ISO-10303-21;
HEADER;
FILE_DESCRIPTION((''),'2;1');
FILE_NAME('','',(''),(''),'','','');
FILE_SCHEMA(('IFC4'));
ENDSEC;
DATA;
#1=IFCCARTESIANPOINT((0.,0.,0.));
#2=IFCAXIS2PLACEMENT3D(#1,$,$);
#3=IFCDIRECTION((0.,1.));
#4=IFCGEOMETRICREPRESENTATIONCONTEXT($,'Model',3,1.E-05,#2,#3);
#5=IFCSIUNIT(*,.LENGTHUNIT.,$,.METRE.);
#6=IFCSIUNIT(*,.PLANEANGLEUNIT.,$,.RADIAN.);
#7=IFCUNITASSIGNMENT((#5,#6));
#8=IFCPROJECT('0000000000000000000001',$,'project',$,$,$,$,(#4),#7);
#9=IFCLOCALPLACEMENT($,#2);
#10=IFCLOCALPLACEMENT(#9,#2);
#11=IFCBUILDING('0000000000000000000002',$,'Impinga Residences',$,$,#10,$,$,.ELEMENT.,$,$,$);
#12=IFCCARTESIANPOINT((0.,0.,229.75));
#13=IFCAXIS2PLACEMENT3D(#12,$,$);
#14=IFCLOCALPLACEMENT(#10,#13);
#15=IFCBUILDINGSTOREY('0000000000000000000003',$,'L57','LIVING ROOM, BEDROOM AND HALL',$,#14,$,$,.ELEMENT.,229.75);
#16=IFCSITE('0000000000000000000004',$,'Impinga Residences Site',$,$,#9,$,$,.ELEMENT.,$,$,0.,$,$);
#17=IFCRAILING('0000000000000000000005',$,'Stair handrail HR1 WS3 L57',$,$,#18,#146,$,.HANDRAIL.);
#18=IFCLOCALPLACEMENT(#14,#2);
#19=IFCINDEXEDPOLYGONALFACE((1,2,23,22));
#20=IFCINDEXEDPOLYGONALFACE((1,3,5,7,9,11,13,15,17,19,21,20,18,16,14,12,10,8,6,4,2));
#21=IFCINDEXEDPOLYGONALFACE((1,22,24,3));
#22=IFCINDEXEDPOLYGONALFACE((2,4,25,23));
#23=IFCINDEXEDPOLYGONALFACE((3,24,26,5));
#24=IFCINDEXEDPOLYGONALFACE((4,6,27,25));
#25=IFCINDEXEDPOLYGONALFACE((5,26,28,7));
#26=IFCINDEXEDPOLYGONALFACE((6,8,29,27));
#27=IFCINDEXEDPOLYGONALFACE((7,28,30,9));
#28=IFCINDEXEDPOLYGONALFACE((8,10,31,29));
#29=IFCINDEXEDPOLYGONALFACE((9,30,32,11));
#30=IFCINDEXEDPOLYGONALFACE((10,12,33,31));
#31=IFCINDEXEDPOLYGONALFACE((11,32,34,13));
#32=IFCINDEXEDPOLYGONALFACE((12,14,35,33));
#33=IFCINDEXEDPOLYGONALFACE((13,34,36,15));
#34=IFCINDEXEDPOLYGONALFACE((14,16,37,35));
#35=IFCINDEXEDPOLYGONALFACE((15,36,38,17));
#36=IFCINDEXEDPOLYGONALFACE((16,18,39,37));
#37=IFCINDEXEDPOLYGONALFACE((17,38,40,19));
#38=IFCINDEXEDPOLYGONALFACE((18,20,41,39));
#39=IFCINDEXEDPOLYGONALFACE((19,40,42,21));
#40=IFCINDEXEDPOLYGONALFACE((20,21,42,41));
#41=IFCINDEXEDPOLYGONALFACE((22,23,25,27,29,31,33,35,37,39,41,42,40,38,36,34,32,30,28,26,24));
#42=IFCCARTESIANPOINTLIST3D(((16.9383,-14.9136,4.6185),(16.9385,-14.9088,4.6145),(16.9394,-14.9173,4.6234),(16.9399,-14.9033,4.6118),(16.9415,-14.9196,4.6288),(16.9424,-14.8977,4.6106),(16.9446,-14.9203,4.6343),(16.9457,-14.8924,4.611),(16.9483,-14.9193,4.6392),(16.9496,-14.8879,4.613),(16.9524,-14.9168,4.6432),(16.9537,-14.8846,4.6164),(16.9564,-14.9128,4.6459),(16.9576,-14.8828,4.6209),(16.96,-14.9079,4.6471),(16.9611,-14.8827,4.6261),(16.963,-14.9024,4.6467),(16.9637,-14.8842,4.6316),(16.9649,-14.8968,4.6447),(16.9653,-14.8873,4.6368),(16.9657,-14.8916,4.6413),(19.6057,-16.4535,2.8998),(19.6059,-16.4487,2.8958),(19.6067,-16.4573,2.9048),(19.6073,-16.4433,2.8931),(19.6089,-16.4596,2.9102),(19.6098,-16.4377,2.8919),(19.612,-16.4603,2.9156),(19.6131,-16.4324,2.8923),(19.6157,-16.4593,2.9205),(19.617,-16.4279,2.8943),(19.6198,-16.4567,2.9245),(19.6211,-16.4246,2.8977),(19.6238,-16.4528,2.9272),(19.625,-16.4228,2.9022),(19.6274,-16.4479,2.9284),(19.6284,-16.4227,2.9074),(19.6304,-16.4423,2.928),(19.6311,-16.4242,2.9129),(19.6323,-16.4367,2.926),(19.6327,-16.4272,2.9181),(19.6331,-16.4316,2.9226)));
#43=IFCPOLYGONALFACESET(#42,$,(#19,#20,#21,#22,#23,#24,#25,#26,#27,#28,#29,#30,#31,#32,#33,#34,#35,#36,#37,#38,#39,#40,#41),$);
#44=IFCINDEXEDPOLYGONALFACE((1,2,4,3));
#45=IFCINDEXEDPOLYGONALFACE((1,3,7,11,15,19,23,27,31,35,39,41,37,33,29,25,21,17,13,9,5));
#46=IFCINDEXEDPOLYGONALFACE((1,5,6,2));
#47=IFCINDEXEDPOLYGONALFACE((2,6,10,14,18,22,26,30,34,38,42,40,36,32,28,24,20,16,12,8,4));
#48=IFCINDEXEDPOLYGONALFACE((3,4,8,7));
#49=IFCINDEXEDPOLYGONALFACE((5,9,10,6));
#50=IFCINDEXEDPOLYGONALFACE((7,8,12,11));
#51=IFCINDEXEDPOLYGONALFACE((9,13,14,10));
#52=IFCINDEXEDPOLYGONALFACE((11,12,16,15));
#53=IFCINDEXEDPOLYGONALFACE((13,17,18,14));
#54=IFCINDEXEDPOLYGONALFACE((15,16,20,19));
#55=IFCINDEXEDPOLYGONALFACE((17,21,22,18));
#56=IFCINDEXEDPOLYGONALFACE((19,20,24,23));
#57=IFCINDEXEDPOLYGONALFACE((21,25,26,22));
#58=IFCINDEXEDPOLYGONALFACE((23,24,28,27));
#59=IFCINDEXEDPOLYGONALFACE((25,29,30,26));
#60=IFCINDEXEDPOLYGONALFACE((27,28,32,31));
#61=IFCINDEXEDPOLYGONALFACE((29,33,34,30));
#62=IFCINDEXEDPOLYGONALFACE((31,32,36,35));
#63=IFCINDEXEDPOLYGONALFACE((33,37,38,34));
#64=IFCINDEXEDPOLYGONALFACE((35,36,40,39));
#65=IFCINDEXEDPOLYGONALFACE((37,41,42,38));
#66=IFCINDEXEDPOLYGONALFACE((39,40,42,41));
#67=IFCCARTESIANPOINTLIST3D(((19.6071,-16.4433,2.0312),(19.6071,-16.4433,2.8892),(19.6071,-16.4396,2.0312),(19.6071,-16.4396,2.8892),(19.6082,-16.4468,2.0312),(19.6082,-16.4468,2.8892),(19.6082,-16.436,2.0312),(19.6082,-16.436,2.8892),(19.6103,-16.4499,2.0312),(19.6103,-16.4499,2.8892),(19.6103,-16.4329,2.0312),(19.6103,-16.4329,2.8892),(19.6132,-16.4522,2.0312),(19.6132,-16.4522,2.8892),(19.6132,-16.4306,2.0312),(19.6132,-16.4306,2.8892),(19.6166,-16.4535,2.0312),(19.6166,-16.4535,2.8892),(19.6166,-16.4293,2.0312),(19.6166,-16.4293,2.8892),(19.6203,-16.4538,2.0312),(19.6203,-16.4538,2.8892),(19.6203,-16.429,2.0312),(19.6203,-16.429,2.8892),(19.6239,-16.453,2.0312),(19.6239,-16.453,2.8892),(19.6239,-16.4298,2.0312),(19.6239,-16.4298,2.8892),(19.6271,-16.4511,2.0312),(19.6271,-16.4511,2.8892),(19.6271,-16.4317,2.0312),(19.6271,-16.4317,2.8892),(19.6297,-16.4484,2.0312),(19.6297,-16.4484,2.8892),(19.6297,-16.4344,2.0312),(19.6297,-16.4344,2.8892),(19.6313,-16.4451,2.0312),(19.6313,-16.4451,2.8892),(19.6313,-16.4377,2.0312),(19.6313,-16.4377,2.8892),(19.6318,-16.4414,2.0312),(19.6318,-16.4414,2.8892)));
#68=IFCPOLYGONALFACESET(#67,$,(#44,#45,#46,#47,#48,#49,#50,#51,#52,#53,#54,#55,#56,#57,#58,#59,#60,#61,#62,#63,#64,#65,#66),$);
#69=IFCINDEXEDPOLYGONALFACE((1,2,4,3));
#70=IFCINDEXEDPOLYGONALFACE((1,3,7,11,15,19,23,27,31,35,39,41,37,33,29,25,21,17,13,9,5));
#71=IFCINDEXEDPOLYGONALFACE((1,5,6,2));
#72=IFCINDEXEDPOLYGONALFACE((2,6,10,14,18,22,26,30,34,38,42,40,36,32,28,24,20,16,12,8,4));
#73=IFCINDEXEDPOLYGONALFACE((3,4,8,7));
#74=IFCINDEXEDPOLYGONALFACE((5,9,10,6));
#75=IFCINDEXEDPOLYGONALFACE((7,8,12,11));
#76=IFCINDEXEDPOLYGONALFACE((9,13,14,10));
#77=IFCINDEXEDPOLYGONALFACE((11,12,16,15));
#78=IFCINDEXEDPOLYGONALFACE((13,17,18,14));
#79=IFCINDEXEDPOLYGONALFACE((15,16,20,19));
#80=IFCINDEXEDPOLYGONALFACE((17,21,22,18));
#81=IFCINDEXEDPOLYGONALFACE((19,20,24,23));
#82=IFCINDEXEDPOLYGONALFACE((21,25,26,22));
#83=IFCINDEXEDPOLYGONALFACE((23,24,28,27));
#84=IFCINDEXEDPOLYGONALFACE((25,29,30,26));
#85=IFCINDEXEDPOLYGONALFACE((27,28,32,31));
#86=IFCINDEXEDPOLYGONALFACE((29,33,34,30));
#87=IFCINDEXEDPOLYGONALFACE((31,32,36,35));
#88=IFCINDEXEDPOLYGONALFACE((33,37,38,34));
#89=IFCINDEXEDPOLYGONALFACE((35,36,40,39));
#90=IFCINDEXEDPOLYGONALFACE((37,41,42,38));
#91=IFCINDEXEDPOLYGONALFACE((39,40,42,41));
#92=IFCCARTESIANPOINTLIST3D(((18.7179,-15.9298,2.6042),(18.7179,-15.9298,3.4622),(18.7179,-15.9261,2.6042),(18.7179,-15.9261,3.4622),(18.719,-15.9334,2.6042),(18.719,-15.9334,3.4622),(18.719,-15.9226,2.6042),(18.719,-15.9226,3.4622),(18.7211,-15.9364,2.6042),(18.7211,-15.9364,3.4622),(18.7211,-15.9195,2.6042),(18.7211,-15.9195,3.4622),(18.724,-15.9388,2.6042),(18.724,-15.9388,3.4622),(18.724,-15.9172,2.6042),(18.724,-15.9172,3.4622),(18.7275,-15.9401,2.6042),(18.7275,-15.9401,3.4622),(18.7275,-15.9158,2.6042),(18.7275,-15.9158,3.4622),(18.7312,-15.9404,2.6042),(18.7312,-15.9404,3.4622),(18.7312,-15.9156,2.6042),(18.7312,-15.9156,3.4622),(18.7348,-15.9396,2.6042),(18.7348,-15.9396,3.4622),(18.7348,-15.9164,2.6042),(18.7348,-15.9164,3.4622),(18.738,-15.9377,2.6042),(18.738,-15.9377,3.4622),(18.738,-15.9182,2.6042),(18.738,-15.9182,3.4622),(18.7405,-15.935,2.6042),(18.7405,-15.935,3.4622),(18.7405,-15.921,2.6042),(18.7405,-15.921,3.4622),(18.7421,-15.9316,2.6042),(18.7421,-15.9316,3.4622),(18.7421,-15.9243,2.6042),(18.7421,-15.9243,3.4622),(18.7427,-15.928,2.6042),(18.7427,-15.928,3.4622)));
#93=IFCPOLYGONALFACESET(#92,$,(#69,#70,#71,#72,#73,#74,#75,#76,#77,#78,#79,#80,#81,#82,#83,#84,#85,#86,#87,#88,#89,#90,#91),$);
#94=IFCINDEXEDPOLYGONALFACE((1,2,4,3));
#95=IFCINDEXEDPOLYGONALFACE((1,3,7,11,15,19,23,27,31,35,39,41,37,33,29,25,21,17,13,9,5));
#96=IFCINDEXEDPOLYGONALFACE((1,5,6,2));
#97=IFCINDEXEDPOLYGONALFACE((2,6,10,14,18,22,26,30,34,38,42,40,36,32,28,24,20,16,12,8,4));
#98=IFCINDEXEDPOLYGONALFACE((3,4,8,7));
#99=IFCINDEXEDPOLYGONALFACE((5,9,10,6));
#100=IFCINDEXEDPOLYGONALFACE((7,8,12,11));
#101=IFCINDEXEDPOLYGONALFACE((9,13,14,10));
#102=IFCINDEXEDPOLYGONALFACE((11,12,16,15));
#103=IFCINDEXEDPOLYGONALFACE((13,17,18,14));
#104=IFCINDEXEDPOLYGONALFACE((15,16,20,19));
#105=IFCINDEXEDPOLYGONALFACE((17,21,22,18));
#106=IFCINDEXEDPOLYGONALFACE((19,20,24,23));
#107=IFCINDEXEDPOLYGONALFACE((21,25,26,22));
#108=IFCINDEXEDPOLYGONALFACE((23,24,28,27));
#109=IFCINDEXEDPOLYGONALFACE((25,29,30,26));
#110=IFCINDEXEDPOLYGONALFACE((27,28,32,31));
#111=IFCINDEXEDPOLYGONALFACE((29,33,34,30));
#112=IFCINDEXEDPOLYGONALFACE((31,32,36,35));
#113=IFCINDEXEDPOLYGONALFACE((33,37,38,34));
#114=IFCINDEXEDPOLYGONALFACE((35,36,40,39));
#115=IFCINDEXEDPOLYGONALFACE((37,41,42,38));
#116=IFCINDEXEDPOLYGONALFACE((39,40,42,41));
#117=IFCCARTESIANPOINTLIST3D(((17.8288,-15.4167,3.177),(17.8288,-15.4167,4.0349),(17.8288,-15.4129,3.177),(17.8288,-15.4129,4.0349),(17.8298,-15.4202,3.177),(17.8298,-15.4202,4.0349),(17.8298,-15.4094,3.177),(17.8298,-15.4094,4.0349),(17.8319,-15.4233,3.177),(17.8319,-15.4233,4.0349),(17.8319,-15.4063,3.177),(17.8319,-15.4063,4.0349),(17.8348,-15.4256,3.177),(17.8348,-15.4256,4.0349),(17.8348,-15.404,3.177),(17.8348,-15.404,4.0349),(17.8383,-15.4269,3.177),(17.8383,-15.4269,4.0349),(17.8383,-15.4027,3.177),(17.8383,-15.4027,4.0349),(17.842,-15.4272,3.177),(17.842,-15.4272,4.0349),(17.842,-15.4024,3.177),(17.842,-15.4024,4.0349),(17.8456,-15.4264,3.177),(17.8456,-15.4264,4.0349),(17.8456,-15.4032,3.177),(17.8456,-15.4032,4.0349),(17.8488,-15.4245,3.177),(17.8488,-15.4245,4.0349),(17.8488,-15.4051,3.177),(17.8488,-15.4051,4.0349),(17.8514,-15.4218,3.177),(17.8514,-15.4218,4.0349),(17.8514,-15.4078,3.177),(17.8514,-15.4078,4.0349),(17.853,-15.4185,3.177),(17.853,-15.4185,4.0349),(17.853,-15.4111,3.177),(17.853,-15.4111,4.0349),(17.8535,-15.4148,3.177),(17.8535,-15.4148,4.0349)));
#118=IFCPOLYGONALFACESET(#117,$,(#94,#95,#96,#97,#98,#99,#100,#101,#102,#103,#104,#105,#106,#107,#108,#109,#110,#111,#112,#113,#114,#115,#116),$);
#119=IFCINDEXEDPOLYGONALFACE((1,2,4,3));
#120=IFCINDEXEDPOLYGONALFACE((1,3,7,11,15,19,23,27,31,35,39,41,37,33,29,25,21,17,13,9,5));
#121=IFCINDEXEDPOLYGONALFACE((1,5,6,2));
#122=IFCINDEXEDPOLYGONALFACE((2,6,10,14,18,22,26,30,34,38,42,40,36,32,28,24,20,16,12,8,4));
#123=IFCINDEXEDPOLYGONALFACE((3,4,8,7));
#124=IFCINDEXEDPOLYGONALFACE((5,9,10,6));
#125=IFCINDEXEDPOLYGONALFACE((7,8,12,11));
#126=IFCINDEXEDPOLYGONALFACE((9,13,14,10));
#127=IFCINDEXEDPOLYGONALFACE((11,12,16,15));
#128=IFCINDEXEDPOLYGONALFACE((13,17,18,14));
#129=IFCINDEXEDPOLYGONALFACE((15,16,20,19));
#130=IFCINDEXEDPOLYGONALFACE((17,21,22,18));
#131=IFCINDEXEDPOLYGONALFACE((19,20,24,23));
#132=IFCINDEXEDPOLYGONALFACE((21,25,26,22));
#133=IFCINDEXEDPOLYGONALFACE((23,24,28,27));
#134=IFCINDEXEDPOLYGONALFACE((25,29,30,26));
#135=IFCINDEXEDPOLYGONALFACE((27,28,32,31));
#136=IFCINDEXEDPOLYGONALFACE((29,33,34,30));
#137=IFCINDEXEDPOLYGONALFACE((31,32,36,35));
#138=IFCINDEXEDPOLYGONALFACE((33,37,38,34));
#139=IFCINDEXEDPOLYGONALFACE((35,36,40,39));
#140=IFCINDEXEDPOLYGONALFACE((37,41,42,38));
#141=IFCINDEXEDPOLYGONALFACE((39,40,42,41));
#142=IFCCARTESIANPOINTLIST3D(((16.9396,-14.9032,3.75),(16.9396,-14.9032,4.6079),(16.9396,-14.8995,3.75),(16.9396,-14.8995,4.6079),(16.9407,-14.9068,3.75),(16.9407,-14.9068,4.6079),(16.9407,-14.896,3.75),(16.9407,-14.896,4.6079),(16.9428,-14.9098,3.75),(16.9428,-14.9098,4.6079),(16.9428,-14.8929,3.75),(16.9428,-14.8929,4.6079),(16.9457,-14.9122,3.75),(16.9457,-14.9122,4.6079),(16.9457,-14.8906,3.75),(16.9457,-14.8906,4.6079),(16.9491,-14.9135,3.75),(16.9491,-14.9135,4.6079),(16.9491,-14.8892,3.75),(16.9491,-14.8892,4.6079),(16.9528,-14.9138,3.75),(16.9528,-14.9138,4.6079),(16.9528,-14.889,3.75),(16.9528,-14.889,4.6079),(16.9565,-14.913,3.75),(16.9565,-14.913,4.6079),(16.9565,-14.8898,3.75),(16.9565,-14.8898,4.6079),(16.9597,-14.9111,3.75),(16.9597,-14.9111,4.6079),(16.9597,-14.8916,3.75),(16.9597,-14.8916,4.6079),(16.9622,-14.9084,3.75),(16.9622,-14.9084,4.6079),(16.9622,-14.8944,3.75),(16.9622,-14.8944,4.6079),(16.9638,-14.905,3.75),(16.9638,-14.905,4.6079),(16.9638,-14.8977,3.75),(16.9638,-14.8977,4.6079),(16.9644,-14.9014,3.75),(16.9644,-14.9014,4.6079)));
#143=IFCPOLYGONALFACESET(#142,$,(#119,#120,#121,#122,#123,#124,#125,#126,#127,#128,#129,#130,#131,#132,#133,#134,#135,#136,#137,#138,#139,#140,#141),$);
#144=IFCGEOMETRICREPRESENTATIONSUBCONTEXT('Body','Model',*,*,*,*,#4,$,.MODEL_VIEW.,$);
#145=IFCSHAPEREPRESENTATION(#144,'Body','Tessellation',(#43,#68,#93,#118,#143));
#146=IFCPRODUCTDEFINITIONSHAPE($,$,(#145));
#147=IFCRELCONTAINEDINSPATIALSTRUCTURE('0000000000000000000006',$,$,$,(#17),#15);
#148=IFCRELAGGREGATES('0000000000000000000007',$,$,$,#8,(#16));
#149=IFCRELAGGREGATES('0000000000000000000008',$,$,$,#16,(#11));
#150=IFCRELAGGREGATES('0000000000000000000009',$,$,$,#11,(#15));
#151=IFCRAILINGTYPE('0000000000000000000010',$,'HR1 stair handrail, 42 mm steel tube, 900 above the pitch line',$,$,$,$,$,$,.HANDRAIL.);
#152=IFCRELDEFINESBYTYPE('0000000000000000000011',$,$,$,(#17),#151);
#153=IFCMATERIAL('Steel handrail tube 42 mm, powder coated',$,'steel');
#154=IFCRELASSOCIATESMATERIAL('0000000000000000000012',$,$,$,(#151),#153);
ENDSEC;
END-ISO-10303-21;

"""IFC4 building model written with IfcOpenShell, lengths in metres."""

from ifc_helpers import new_model, si_unit, direction, frame, origin, origin_2d, place, context, subcontext, project, spatial, circle, extrude, material, type_object, element, save


model = new_model("IFC4")

# Units and contexts
model_context = context("Model", 3, precision=1e-05, world=origin(), true_north=direction((0.0, 1.0)))
body_context = subcontext(model_context, "Body", "Model", "MODEL_VIEW")
ifc_project = project(units=[si_unit("LENGTHUNIT", "METRE"), si_unit("PLANEANGLEUNIT", "RADIAN")], contexts=[model_context])

# Site, building, storey
site_placement = place(None, origin())
site = spatial("IfcSite", under=ifc_project, at=site_placement, Name="Impinga Residences Site", CompositionType="ELEMENT", RefElevation=0.0)
building_placement = place(site_placement, origin())
building = spatial("IfcBuilding", under=site, at=building_placement, Name="Impinga Residences", CompositionType="ELEMENT")
storey_placement = place(building_placement, frame((0.0, 0.0, 229.75)))
storey = spatial("IfcBuildingStorey", under=building, at=storey_placement, Name="L57", Description="LIVING ROOM, BEDROOM AND HALL", CompositionType="ELEMENT", Elevation=229.75)

# Railing
ifc_material_1 = material(Name="Steel handrail tube 42 mm, powder coated", Category="steel")
railing_type_1 = type_object("IfcRailingType", Name="HR1 stair handrail, 42 mm steel tube, 900 above the pitch line", PredefinedType="HANDRAIL", material=ifc_material_1)
railing_1_placement = place(storey_placement, frame((19.6194, -16.4414, 2.0312)))
element("IfcRailing", 1, at=railing_1_placement, inside=storey, type_object=railing_type_1, Name="Stair handrail HR1 WS3 L57", PredefinedType="HANDRAIL", context=body_context, shape_type="SweptSolid", body=[
    extrude(circle(Radius=0.021, at=origin_2d()), frame((0.0, 0.0, 0.8789), z_axis=(-0.756256, 0.436616, 0.487282), x_axis=(-0.499992, -0.86603, 0.0)), (0.0, 0.0, 1.0), 3.5271),
    extrude(circle(Radius=0.0125, at=origin_2d()), origin(), (0.0, 0.0, 1.0), 0.8579),
    extrude(circle(Radius=0.0125, at=origin_2d()), frame((-0.8892, 0.5134, 0.573)), (0.0, 0.0, 1.0), 0.8579),
    extrude(circle(Radius=0.0125, at=origin_2d()), frame((-1.7783, 1.0266, 1.1458)), (0.0, 0.0, 1.0), 0.8579),
    extrude(circle(Radius=0.0125, at=origin_2d()), frame((-2.6675, 1.54, 1.7188)), (0.0, 0.0, 1.0), 0.8579),
])

save(model, "model.ifc")
